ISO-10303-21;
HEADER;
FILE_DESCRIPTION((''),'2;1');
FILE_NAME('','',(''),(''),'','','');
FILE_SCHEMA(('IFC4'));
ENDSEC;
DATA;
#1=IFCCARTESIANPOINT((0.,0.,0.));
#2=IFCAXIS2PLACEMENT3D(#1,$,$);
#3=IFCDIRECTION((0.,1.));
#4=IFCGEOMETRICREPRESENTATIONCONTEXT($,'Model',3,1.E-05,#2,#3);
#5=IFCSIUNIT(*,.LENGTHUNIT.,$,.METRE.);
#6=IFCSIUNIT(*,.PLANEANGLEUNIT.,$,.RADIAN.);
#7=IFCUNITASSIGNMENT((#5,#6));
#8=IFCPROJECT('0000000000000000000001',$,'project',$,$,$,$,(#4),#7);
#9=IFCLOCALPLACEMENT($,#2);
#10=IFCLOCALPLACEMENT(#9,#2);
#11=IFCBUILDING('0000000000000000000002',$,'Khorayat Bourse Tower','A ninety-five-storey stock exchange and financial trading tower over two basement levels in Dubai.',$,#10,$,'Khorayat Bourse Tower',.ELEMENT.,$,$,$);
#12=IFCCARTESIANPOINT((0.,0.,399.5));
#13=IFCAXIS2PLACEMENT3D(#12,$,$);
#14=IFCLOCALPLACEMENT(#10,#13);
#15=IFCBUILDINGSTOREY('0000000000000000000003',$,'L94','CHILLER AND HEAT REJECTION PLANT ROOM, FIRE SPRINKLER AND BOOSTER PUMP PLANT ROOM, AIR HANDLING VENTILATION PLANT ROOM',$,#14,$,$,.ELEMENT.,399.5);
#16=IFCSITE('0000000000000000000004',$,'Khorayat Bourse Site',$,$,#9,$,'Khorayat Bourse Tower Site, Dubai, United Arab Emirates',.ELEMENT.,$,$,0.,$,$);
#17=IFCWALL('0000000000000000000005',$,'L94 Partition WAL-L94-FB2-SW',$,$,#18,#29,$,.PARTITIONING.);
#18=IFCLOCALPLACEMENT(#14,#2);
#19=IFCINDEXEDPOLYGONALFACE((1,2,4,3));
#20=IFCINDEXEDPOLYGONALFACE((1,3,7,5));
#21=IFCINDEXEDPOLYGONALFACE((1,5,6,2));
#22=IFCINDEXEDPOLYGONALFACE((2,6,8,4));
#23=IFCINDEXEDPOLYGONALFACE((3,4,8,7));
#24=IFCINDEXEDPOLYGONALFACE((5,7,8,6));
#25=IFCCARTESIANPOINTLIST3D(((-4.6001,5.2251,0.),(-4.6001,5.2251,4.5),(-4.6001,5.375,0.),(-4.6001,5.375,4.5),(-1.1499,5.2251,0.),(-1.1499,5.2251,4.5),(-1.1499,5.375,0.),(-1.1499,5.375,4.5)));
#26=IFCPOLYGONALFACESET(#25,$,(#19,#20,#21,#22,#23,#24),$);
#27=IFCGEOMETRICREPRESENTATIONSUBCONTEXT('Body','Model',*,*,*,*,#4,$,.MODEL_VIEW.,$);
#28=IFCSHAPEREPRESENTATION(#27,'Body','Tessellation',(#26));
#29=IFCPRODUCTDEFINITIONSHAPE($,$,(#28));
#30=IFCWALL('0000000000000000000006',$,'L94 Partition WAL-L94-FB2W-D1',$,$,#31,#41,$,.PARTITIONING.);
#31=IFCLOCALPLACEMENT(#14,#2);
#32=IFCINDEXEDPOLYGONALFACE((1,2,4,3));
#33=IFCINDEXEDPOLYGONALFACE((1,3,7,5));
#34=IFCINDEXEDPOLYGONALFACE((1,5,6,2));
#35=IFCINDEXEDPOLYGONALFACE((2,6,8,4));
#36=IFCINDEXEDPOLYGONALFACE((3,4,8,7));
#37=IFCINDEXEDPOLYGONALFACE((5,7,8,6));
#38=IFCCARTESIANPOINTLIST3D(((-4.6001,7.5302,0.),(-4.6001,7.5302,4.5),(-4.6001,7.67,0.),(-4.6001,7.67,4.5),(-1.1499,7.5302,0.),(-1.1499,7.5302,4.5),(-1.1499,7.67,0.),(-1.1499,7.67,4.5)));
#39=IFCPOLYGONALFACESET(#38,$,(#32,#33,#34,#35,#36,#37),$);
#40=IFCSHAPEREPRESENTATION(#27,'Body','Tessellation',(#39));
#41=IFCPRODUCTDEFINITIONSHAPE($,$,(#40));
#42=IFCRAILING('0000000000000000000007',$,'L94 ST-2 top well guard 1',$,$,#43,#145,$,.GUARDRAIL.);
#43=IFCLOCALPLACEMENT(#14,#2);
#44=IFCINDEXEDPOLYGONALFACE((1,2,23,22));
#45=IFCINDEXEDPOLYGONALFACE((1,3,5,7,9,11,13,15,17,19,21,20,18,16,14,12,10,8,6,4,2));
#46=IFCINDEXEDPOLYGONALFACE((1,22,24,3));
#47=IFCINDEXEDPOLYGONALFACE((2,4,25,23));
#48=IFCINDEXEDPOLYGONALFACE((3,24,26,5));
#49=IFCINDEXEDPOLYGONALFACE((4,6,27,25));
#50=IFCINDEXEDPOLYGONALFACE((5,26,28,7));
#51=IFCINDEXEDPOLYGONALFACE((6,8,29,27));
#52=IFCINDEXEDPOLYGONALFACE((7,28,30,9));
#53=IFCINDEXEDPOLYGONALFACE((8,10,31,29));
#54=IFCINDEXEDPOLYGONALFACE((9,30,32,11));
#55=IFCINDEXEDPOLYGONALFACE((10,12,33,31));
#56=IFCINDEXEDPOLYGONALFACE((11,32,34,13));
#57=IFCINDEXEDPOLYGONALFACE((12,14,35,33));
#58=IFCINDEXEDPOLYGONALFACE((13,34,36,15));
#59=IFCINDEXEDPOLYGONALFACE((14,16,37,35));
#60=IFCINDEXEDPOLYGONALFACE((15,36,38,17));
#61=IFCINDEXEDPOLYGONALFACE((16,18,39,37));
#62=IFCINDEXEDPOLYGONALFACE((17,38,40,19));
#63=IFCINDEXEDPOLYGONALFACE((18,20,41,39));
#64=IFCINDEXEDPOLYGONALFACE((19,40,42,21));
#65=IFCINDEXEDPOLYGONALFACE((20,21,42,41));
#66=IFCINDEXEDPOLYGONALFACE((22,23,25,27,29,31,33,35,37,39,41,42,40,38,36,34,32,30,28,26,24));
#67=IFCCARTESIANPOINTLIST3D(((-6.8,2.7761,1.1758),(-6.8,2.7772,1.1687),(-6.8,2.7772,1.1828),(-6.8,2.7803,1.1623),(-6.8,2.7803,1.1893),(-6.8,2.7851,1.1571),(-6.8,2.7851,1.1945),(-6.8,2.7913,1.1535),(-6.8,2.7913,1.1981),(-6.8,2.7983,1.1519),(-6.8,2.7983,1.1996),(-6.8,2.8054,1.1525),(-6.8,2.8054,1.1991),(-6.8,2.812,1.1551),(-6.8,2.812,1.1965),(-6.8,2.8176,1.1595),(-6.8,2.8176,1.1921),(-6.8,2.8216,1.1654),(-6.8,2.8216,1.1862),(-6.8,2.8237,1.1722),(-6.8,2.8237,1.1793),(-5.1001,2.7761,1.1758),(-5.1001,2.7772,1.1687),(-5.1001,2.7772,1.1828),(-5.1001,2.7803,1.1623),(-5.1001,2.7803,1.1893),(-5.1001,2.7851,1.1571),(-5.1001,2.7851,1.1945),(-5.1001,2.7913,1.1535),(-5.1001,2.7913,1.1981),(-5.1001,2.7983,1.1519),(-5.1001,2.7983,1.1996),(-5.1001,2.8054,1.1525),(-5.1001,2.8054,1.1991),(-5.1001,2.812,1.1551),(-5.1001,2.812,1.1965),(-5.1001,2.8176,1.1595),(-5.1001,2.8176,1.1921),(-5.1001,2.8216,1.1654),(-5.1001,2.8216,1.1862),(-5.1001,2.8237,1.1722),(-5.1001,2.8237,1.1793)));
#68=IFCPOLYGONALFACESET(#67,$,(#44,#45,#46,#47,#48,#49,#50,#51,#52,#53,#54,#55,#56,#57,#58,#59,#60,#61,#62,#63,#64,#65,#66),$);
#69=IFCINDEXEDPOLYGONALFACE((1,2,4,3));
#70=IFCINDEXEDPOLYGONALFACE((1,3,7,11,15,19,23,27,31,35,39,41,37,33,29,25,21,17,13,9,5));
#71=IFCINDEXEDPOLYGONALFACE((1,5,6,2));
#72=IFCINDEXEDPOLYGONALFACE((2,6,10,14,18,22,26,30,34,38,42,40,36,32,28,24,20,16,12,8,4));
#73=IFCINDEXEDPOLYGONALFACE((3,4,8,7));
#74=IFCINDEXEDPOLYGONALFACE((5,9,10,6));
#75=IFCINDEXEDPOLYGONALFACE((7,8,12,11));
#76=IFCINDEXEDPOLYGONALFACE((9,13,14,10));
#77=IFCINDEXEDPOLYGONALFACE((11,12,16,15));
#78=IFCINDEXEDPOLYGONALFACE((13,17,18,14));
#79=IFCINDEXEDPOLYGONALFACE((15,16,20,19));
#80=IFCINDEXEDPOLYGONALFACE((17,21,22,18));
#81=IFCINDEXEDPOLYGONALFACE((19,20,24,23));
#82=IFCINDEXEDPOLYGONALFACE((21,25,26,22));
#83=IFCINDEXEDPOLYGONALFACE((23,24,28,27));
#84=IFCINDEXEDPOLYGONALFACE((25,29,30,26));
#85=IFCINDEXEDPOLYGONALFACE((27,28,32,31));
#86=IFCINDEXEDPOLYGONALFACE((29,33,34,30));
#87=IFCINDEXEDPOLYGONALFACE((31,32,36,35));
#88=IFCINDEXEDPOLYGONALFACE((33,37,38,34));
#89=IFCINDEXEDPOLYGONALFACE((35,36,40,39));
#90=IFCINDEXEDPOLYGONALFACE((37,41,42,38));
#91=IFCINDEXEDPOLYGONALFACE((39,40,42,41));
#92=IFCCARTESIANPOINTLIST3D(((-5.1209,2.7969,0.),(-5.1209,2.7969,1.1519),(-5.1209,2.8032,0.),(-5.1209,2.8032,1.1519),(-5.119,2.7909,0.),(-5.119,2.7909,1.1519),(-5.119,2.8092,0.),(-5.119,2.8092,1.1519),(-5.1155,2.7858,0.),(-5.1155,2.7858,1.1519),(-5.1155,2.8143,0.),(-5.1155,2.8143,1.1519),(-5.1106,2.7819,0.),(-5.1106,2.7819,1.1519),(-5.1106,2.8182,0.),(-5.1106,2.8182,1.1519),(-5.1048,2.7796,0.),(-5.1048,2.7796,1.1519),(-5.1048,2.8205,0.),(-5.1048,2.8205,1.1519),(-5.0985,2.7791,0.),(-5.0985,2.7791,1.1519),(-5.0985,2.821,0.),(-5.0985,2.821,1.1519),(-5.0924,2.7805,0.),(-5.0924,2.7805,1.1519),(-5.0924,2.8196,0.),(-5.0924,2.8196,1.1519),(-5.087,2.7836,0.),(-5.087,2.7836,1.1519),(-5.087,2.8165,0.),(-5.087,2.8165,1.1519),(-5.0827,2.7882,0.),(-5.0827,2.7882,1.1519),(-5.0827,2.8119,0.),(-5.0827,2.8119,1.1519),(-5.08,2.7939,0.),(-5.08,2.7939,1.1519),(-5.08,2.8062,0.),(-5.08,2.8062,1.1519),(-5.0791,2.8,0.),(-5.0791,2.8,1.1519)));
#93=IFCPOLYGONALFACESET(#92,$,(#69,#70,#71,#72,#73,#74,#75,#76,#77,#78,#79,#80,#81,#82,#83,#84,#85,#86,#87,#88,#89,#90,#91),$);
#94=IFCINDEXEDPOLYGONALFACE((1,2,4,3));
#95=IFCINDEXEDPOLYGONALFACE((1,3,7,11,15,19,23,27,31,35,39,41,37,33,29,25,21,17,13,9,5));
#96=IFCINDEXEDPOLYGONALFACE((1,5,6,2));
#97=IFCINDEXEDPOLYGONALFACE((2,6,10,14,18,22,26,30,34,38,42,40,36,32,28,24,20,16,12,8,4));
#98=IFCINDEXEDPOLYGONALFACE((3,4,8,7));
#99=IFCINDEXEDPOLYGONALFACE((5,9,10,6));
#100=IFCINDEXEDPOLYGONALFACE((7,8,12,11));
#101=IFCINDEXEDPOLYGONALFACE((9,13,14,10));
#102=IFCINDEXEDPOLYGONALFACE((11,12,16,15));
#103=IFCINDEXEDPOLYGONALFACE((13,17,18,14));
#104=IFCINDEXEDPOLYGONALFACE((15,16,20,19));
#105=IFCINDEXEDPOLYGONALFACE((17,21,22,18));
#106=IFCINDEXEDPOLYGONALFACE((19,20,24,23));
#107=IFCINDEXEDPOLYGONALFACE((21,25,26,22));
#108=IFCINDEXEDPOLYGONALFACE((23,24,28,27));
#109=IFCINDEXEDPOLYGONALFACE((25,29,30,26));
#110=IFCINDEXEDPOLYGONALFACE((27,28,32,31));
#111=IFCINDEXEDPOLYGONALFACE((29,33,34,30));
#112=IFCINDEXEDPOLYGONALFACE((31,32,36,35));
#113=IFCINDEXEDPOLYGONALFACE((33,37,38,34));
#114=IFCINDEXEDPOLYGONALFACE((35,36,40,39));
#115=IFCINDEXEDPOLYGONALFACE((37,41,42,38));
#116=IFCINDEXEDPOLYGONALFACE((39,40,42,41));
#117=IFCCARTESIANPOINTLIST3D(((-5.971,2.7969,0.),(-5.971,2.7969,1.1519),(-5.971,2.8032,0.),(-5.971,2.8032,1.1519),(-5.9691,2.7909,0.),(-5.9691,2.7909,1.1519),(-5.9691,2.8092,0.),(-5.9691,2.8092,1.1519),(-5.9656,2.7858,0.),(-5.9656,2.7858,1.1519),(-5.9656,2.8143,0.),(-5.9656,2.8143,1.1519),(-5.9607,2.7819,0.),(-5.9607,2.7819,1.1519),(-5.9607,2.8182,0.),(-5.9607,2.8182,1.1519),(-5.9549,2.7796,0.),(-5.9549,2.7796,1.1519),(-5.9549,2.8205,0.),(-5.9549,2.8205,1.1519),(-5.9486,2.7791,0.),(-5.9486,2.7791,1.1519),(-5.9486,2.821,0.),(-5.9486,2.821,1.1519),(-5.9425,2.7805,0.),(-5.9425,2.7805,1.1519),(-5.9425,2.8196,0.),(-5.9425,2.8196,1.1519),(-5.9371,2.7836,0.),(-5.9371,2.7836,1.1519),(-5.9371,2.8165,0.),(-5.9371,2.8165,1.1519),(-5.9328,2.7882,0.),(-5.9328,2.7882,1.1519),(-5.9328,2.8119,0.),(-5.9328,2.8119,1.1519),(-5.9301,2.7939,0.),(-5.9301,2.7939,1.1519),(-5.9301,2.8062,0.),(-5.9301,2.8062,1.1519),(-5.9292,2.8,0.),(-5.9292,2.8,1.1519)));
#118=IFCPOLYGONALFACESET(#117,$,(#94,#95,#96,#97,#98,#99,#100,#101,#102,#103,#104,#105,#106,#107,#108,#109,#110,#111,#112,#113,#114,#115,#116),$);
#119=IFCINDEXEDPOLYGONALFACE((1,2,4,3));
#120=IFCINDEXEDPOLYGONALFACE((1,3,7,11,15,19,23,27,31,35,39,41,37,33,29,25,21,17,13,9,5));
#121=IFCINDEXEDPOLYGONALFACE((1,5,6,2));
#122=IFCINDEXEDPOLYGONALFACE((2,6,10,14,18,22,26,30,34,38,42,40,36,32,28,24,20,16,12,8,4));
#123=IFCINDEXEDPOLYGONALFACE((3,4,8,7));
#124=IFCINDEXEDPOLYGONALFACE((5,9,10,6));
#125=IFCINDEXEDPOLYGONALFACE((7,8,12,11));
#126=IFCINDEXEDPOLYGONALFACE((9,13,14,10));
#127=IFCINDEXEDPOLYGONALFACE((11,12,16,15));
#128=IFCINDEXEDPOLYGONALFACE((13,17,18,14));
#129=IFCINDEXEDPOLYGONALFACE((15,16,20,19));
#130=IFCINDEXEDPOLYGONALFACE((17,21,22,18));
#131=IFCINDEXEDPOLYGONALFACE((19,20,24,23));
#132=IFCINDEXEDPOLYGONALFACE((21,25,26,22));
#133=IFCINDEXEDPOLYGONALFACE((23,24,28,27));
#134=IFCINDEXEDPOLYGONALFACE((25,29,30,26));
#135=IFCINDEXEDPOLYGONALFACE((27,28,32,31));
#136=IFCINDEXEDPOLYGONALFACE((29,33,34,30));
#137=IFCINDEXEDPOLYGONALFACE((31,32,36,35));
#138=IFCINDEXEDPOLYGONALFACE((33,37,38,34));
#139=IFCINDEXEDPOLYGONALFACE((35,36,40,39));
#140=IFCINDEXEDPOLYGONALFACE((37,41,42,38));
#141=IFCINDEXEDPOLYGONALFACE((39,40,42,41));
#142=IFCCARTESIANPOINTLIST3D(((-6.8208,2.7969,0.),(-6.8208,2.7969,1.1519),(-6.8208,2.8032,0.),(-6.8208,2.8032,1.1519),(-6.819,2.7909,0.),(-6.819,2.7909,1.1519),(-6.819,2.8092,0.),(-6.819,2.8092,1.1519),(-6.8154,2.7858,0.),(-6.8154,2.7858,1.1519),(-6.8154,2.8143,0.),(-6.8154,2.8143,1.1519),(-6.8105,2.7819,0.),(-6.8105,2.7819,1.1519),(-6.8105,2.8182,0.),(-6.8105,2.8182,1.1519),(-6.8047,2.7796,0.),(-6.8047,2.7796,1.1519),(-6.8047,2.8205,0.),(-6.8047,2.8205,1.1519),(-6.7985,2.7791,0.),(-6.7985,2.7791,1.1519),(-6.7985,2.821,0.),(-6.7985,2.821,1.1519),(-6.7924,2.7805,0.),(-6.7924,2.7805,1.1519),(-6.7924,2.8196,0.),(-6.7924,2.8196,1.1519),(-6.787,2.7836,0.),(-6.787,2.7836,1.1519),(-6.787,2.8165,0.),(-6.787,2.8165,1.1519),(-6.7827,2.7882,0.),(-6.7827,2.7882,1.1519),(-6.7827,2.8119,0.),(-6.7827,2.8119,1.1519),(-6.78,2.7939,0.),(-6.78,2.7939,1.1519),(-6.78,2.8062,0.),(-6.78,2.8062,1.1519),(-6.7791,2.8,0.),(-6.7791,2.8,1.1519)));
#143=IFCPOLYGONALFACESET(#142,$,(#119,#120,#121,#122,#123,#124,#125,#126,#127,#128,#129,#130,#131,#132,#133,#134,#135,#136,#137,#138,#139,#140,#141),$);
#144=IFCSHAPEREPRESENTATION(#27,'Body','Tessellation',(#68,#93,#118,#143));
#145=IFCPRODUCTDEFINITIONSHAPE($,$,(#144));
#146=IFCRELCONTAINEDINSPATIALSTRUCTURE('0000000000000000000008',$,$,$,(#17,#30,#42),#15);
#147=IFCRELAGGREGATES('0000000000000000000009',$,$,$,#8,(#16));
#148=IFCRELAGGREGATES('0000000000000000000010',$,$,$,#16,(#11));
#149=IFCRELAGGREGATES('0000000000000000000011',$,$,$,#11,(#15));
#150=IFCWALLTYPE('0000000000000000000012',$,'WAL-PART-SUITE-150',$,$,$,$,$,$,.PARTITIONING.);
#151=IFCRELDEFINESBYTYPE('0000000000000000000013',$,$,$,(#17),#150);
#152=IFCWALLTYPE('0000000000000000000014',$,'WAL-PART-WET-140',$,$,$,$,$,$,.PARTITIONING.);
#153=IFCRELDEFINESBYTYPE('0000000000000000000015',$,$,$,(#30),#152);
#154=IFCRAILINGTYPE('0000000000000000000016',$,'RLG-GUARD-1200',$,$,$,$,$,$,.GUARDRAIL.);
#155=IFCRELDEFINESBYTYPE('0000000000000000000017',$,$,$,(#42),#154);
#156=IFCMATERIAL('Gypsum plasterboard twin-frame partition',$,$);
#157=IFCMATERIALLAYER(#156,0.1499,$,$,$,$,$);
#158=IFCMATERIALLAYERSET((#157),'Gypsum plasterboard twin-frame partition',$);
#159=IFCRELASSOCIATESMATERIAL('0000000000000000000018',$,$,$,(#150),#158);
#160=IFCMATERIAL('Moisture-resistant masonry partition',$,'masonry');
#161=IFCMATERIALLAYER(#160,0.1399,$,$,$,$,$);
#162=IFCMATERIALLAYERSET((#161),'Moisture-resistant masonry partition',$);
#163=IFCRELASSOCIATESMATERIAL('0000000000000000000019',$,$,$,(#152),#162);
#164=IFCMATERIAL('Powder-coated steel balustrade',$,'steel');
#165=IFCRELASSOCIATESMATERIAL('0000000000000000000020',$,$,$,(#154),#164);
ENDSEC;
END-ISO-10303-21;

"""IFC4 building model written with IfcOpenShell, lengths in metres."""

from ifc_helpers import new_model, si_unit, direction, frame, frame_2d, origin, origin_2d, place, context, subcontext, project, spatial, rectangle, circle, extrude, source, transform, mapped, material, layer, layer_set, type_object, element, save


model = new_model("IFC4")

# Units and contexts
model_context = context("Model", 3, precision=1e-05, world=origin(), true_north=direction((0.0, 1.0)))
body_context = subcontext(model_context, "Body", "Model", "MODEL_VIEW")
ifc_project = project(units=[si_unit("LENGTHUNIT", "METRE"), si_unit("PLANEANGLEUNIT", "RADIAN")], contexts=[model_context])

# Site, building, storey
site_placement = place(None, origin())
site = spatial("IfcSite", under=ifc_project, at=site_placement, Name="Khorayat Bourse Site", LongName="Khorayat Bourse Tower Site, Dubai, United Arab Emirates", CompositionType="ELEMENT", RefElevation=0.0)
building_placement = place(site_placement, origin())
building = spatial("IfcBuilding", under=site, at=building_placement, Name="Khorayat Bourse Tower", Description="A ninety-five-storey stock exchange and financial trading tower over two basement levels in Dubai.", LongName="Khorayat Bourse Tower", CompositionType="ELEMENT")
storey_placement = place(building_placement, frame((0.0, 0.0, 399.5)))
storey = spatial("IfcBuildingStorey", under=building, at=storey_placement, Name="L94", Description="CHILLER AND HEAT REJECTION PLANT ROOM, FIRE SPRINKLER AND BOOSTER PUMP PLANT ROOM, AIR HANDLING VENTILATION PLANT ROOM", CompositionType="ELEMENT", Elevation=399.5)

# Walls
ifc_material_1 = material(Name="Gypsum plasterboard twin-frame partition")
ifc_layer_1 = layer(ifc_material_1, 0.1499)
ifc_layer_set_1 = layer_set([ifc_layer_1], Name="Gypsum plasterboard twin-frame partition")
wall_type_1 = type_object("IfcWallType", Name="WAL-PART-SUITE-150", PredefinedType="PARTITIONING", material=ifc_layer_set_1)
shared_shape_1 = source(origin(), body_context, "Body", "SweptSolid", [
    extrude(rectangle(XDim=3.4502, YDim=0.1499, at=frame_2d((1.7251, 0.0))), origin(), (0.0, 0.0, 1.0), 4.5),
])
for number, where, z_axis, x_axis, name in (
    (1, (-4.6001, 5.3, 0.0), (0.0, 0.0, 1.0), (1.0, 0.0, 0.0), "L94 Partition WAL-L94-FB2-SW"),
):
    element("IfcWall", number, at=place(storey_placement, frame(where, z_axis=z_axis, x_axis=x_axis)), inside=storey, type_object=wall_type_1, Name=name, PredefinedType="PARTITIONING", context=body_context, shape_type="MappedRepresentation", body=[
        mapped(shared_shape_1, transform((0.0, 0.0, 0.0), scale=1.0)),
    ])
ifc_material_2 = material(Name="Moisture-resistant masonry partition", Category="masonry")
ifc_layer_2 = layer(ifc_material_2, 0.1399)
ifc_layer_set_2 = layer_set([ifc_layer_2], Name="Moisture-resistant masonry partition")
wall_type_2 = type_object("IfcWallType", Name="WAL-PART-WET-140", PredefinedType="PARTITIONING", material=ifc_layer_set_2)
shared_shape_2 = source(origin(), body_context, "Body", "SweptSolid", [
    extrude(rectangle(XDim=3.4502, YDim=0.1399, at=frame_2d((1.7251, 0.0))), origin(), (0.0, 0.0, 1.0), 4.5),
])
wall_1_placement = place(storey_placement, frame((-4.6001, 7.6001, 0.0), z_axis=(0.0, 0.0, 1.0), x_axis=(1.0, 0.0, 0.0)))
element("IfcWall", 2, at=wall_1_placement, inside=storey, type_object=wall_type_2, Name="L94 Partition WAL-L94-FB2W-D1", PredefinedType="PARTITIONING", context=body_context, shape_type="MappedRepresentation", body=[
    mapped(shared_shape_2, transform((0.0, 0.0, 0.0), scale=1.0)),
])

# Railing
ifc_material_3 = material(Name="Powder-coated steel balustrade", Category="steel")
railing_type = type_object("IfcRailingType", Name="RLG-GUARD-1200", PredefinedType="GUARDRAIL", material=ifc_material_3)
shared_shape_3 = source(origin(), body_context, "Body", "SweptSolid", [
    extrude(circle(Radius=0.0239, at=origin_2d()), frame((0.0, 0.0, 1.1758), z_axis=(-1.0, 0.0, 0.0), x_axis=(0.0, -1.0, 0.0)), (0.0, 0.0, 1.0), 1.7),
    extrude(circle(Radius=0.021, at=origin_2d()), origin(), (0.0, 0.0, 1.0), 1.1519),
    extrude(circle(Radius=0.021, at=origin_2d()), frame((-0.8501, 0.0, 0.0)), (0.0, 0.0, 1.0), 1.1519),
    extrude(circle(Radius=0.021, at=origin_2d()), frame((-1.7, 0.0, 0.0)), (0.0, 0.0, 1.0), 1.1519),
])
railing_placement = place(storey_placement, frame((-5.1001, 2.8, 0.0)))
element("IfcRailing", 3, at=railing_placement, inside=storey, type_object=railing_type, Name="L94 ST-2 top well guard 1", PredefinedType="GUARDRAIL", context=body_context, shape_type="MappedRepresentation", body=[
    mapped(shared_shape_3, transform((0.0, 0.0, 0.0), scale=1.0)),
])

save(model, "model.ifc")
